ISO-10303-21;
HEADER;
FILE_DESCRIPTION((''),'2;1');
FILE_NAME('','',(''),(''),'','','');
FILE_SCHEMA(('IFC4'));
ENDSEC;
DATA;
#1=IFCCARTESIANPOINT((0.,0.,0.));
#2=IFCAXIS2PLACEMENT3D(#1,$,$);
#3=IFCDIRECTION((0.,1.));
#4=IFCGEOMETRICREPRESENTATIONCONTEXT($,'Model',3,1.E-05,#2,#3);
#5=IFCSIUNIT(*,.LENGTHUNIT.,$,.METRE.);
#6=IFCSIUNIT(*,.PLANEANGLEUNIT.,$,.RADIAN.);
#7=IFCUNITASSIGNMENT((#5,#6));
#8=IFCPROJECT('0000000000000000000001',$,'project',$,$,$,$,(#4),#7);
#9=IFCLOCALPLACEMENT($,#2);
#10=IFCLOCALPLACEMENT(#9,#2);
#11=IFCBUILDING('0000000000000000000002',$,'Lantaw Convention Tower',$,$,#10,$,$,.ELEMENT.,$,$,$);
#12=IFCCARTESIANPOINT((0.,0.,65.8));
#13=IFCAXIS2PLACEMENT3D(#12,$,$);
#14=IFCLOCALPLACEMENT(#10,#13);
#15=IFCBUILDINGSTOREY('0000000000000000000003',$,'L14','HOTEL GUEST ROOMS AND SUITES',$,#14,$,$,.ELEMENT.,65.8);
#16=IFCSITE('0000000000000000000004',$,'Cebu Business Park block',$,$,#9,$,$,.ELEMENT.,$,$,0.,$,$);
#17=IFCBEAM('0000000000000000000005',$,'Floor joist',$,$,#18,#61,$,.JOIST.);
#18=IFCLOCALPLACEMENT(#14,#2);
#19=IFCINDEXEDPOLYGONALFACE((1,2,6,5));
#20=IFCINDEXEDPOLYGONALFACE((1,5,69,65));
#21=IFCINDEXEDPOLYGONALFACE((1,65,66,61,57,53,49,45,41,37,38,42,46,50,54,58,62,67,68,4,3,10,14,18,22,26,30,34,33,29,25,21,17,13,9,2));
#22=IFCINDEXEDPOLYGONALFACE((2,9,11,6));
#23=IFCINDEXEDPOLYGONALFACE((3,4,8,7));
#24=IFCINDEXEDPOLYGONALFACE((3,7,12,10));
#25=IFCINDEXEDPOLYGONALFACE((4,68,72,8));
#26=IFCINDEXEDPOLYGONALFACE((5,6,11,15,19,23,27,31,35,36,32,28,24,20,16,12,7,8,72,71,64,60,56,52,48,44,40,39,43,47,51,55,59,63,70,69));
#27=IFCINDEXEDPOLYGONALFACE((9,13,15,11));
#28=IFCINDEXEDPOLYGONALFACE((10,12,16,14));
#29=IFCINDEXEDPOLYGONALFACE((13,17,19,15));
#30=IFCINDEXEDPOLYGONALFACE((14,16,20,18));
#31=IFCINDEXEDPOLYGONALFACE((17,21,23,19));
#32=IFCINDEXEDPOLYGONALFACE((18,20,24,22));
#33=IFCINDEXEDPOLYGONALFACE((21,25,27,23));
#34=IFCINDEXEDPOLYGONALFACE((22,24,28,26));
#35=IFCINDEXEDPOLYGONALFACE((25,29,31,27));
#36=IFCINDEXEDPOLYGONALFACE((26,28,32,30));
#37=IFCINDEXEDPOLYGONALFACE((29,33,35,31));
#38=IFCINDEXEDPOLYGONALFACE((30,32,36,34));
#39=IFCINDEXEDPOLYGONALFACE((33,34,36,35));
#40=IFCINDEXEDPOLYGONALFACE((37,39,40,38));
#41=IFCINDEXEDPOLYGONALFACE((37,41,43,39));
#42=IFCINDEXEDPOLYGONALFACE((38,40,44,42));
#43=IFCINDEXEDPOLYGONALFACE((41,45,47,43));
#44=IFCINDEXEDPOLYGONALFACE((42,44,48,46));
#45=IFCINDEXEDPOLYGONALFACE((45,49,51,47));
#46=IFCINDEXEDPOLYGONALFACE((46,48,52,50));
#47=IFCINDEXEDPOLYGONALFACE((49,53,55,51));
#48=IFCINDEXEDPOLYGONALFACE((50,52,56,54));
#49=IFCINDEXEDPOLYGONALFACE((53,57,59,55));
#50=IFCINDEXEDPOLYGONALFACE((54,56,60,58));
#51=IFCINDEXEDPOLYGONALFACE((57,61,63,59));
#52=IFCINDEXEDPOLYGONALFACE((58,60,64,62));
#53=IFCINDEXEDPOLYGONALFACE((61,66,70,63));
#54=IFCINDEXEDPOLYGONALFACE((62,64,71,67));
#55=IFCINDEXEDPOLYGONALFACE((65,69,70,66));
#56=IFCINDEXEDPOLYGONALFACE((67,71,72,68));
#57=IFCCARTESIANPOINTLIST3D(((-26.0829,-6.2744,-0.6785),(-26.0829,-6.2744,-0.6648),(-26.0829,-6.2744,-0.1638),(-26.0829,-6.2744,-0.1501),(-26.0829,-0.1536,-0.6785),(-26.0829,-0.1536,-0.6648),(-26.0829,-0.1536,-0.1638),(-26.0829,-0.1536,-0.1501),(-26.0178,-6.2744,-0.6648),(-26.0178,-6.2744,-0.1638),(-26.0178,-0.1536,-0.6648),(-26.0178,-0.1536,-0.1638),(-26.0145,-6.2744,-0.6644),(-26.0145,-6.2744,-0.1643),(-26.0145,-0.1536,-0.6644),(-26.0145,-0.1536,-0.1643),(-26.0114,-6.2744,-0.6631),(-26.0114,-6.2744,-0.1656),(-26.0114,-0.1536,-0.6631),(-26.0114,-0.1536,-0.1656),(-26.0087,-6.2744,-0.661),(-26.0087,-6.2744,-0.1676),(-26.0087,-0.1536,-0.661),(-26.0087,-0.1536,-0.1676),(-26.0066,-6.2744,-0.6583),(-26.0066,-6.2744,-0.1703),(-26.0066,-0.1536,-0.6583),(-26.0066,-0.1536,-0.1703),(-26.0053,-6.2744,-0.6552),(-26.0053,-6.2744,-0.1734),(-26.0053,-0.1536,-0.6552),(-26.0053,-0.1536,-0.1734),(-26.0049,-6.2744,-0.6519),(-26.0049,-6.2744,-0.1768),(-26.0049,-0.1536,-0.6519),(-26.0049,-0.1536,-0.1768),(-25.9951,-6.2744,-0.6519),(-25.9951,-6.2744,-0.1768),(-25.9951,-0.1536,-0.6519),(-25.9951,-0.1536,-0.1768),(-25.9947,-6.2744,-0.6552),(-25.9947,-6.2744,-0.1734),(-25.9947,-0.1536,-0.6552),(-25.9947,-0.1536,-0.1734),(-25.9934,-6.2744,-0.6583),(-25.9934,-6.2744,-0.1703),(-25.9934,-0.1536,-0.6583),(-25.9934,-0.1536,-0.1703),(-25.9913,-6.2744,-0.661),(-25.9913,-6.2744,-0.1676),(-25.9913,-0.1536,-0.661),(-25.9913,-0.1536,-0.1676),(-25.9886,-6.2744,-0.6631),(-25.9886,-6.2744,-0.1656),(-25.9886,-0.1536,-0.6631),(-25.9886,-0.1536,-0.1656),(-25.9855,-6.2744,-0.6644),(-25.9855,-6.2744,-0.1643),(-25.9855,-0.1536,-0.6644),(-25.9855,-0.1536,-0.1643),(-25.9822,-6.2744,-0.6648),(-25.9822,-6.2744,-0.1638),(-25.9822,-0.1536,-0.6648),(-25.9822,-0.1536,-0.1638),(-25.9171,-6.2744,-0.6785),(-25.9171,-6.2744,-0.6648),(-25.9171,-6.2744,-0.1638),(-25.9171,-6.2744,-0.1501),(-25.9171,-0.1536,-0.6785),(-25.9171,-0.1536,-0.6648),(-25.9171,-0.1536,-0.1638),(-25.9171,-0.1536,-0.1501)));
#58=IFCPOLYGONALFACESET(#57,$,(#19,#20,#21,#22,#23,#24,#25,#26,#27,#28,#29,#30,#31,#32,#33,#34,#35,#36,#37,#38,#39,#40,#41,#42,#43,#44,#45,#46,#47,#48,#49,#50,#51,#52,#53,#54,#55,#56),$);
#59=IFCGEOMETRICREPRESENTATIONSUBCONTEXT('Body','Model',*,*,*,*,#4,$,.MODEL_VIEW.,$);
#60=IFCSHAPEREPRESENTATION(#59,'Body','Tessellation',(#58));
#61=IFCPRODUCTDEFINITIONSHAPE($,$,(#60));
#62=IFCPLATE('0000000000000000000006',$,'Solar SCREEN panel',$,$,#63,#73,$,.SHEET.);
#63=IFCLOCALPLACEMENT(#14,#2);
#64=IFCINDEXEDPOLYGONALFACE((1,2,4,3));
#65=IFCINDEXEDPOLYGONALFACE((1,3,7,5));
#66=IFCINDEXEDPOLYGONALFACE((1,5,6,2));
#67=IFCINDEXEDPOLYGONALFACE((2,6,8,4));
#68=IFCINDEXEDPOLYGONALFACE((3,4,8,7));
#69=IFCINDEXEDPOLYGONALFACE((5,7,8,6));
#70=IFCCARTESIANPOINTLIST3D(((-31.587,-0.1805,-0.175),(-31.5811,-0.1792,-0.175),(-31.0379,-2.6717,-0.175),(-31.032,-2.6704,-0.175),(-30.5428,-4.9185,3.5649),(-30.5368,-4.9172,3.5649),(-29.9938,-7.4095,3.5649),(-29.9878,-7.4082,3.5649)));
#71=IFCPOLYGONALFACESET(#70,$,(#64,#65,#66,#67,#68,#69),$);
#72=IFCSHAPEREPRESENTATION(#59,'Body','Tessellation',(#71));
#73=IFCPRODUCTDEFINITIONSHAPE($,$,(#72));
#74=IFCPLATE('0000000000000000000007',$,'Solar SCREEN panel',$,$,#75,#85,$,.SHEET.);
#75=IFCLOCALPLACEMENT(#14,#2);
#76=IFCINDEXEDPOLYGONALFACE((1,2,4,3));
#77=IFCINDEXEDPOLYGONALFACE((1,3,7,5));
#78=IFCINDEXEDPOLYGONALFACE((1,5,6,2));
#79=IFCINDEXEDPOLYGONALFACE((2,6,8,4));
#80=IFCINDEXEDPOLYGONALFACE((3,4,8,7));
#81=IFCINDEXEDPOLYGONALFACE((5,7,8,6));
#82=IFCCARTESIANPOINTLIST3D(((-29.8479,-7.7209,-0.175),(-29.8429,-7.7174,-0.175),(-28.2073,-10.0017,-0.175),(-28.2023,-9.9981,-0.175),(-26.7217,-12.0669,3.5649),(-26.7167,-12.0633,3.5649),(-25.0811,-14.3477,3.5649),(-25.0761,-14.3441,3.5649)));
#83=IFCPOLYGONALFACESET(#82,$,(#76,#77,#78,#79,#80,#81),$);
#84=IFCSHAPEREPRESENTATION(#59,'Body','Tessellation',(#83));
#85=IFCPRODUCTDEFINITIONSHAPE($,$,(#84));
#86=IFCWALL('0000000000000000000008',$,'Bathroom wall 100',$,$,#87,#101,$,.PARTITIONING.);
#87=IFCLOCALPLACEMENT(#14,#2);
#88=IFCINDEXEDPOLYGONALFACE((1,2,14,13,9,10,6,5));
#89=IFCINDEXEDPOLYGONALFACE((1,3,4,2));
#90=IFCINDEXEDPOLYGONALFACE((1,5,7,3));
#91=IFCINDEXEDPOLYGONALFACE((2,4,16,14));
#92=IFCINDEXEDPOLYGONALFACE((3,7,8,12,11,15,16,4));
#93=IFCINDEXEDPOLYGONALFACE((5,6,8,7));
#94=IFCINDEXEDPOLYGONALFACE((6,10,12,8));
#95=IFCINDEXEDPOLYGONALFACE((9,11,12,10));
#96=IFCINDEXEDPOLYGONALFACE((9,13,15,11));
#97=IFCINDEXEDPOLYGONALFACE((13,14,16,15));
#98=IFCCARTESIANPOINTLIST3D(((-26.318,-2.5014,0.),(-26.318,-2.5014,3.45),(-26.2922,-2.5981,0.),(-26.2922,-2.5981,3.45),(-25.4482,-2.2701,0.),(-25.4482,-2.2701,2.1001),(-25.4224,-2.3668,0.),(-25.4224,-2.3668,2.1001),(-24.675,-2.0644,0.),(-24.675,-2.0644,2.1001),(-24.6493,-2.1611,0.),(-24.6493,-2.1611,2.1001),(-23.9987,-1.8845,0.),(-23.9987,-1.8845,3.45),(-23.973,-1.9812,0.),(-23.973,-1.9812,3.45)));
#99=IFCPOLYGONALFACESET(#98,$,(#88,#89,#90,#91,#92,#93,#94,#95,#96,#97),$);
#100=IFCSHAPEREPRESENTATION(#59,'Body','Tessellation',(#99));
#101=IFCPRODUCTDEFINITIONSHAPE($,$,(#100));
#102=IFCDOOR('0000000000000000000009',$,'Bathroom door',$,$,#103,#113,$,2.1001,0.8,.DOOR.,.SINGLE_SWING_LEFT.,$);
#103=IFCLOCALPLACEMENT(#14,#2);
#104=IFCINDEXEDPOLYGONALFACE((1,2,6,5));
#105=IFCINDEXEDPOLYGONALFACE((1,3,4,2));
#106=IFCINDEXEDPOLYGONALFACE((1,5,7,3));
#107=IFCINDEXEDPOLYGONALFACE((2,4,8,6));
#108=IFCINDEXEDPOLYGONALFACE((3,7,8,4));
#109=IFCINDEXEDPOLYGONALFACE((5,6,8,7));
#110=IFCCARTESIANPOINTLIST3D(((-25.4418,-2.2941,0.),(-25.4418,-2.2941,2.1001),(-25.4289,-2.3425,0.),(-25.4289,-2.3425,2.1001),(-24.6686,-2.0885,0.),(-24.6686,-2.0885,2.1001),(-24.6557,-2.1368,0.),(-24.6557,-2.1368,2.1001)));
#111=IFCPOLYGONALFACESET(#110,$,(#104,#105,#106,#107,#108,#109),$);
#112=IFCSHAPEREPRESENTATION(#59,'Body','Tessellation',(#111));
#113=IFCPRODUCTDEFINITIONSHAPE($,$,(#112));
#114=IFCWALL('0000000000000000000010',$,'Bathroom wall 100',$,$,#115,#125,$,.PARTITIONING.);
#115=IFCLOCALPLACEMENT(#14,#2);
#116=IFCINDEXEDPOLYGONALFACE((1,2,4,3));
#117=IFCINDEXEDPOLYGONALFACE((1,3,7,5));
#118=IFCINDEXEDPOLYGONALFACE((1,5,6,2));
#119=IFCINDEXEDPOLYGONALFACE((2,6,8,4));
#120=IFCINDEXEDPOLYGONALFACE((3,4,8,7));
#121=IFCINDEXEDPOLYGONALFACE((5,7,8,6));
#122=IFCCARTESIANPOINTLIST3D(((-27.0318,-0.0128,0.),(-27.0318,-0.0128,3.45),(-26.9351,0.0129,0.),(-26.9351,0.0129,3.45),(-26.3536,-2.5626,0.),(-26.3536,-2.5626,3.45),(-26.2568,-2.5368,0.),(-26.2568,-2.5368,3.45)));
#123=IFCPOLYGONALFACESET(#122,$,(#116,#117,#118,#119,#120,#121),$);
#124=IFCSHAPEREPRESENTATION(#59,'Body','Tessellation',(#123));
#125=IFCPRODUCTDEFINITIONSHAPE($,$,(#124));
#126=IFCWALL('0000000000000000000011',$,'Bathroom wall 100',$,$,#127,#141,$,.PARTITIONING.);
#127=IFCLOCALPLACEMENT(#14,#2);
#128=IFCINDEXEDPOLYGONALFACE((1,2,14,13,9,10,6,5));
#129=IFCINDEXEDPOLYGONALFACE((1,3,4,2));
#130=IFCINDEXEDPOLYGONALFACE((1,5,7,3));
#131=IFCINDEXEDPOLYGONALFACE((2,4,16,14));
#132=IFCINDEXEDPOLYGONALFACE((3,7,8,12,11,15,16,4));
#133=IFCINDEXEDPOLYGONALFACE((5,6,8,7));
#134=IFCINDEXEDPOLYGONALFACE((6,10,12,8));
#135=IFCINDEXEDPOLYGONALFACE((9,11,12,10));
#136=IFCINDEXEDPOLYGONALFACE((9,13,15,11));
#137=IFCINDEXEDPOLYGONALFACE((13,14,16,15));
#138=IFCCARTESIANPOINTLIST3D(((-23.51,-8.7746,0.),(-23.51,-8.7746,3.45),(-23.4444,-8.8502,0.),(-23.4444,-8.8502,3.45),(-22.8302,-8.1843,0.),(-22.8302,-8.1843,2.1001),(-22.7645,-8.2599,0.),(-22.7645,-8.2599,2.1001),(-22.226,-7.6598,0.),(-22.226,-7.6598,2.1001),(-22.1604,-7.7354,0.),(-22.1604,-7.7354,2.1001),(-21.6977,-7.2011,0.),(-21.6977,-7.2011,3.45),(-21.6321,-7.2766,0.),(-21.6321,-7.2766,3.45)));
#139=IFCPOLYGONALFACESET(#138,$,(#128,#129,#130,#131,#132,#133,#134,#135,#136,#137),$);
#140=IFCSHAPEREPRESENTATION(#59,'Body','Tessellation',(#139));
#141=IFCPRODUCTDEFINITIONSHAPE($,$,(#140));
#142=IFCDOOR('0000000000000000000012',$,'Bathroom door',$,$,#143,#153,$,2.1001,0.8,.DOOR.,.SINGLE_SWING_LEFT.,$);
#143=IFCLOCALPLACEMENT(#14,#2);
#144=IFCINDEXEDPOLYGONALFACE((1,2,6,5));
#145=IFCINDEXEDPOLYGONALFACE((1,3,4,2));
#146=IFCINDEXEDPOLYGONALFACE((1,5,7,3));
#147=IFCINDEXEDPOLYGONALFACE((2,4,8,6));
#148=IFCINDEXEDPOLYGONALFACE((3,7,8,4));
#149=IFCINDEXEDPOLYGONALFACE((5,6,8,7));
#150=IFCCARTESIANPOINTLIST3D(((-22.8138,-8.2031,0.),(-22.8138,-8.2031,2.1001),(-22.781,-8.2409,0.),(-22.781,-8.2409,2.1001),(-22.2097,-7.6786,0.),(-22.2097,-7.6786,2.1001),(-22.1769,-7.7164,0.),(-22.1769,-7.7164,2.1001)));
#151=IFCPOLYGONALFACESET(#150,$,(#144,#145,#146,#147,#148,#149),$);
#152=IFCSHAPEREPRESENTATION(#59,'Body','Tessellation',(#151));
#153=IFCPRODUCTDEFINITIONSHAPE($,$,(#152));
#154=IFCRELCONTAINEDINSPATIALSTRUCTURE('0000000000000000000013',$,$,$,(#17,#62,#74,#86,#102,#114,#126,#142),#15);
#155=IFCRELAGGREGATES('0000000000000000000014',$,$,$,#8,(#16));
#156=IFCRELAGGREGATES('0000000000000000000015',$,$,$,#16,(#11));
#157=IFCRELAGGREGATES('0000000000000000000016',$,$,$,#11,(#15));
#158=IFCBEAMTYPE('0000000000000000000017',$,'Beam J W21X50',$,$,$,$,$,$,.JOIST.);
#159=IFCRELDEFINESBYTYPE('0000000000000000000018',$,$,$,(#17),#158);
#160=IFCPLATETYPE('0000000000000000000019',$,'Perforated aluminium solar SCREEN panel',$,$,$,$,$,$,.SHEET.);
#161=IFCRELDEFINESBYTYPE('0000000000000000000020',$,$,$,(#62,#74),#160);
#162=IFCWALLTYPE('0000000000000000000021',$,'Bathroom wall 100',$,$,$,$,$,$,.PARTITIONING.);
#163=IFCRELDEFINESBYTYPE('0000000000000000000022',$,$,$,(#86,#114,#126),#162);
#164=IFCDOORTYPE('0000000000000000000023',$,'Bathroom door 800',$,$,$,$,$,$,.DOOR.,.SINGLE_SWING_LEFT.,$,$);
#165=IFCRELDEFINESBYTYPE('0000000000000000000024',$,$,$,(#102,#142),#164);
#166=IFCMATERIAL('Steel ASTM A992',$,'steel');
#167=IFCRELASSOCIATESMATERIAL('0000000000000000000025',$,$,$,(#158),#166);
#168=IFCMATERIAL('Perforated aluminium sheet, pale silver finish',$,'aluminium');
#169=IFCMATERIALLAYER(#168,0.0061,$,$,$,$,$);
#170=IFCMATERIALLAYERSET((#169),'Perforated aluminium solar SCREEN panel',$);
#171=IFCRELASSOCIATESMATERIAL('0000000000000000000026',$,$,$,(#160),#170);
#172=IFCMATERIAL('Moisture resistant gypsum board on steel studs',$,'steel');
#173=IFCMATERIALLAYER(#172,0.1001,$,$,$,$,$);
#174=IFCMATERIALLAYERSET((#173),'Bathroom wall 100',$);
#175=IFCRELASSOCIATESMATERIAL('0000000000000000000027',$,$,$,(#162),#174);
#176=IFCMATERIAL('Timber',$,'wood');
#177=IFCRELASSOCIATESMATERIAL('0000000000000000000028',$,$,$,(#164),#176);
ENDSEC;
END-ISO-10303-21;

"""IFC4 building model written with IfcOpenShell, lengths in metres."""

from ifc_helpers import new_model, si_unit, direction, frame, frame_2d, origin, origin_2d, place, context, subcontext, project, spatial, polyline, rectangle, i_section, outline, extrude, material, layer, layer_set, material_profile, profile_set, type_object, element, fill, save


model = new_model("IFC4")

# Units and contexts
model_context = context("Model", 3, precision=1e-05, world=origin(), true_north=direction((0.0, 1.0)))
body_context = subcontext(model_context, "Body", "Model", "MODEL_VIEW")
ifc_project = project(units=[si_unit("LENGTHUNIT", "METRE"), si_unit("PLANEANGLEUNIT", "RADIAN")], contexts=[model_context])

# Site, building, storey
site_placement = place(None, origin())
site = spatial("IfcSite", under=ifc_project, at=site_placement, Name="Cebu Business Park block", CompositionType="ELEMENT", RefElevation=0.0)
building_placement = place(site_placement, origin())
building = spatial("IfcBuilding", under=site, at=building_placement, Name="Lantaw Convention Tower", CompositionType="ELEMENT")
storey_placement = place(building_placement, frame((0.0, 0.0, 65.8)))
storey = spatial("IfcBuildingStorey", under=building, at=storey_placement, Name="L14", Description="HOTEL GUEST ROOMS AND SUITES", CompositionType="ELEMENT", Elevation=65.8)

# Beam
ifc_material_1 = material(Name="Steel ASTM A992", Category="steel")
ifc_material_profile_1 = material_profile(ifc_material_1, i_section(OverallWidth=0.1658, OverallDepth=0.5283, WebThickness=0.0098, FlangeThickness=0.0137, FilletRadius=0.0129, at=origin_2d()), Name="W21X50")
ifc_profile_set_1 = profile_set([ifc_material_profile_1], Name="Steel ASTM A992")
beam_type_1 = type_object("IfcBeamType", Name="Beam J W21X50", PredefinedType="JOIST", material=ifc_profile_set_1)
beam_1_placement = place(storey_placement, frame((-26.0, -6.2744, -0.4143), z_axis=(0.0, 1.0, 0.0), x_axis=(-1.0, 0.0, 0.0)))
element("IfcBeam", 1, at=beam_1_placement, inside=storey, type_object=beam_type_1, Name="Floor joist", PredefinedType="JOIST", context=body_context, shape_type="SweptSolid", body=[
    extrude(i_section(OverallWidth=0.1658, OverallDepth=0.5283, WebThickness=0.0098, FlangeThickness=0.0137, FilletRadius=0.0129, at=origin_2d()), origin(), (0.0, 0.0, 1.0), 6.1208),
])

# Plates
ifc_material_2 = material(Name="Perforated aluminium sheet, pale silver finish", Category="aluminium")
ifc_layer_1 = layer(ifc_material_2, 0.0061)
ifc_layer_set_1 = layer_set([ifc_layer_1], Name="Perforated aluminium solar SCREEN panel")
plate_type = type_object("IfcPlateType", Name="Perforated aluminium solar SCREEN panel", PredefinedType="SHEET", material=ifc_layer_set_1)
plate_1_placement = place(storey_placement, frame((-31.5811, -0.1792, -0.175), z_axis=(0.976559, 0.215248, 0.00003), x_axis=(0.215248, -0.976559, 0.0)))
element("IfcPlate", 2, at=plate_1_placement, inside=storey, type_object=plate_type, Name="Solar SCREEN panel", PredefinedType="SHEET", context=body_context, shape_type="SweptSolid", body=[
    extrude(outline(polyline([(0.0, 0.0), (2.551, 0.0), (7.4025, -3.74), (4.8517, -3.74), (0.0, 0.0)])), origin(), (0.0, 0.0, -1.0), 0.0061),
])
plate_2_placement = place(storey_placement, frame((-29.8479, -7.7209, -0.175), z_axis=(-0.811791, -0.583948, 0.000009), x_axis=(0.583948, -0.811791, 0.0)))
element("IfcPlate", 3, at=plate_2_placement, inside=storey, type_object=plate_type, Name="Solar SCREEN panel", PredefinedType="SHEET", context=body_context, shape_type="SweptSolid", body=[
    extrude(outline(polyline([(0.0, 0.0), (2.8095, 0.0), (8.1631, 3.74), (5.3536, 3.74), (0.0, 0.0)])), origin(), (0.0, 0.0, -1.0), 0.0061),
])

# Wall, opening, door
ifc_material_3 = material(Name="Moisture resistant gypsum board on steel studs", Category="steel")
ifc_layer_2 = layer(ifc_material_3, 0.1001)
ifc_layer_set_2 = layer_set([ifc_layer_2], Name="Bathroom wall 100")
wall_type_1 = type_object("IfcWallType", Name="Bathroom wall 100", PredefinedType="PARTITIONING", material=ifc_layer_set_2)
wall_1_placement = place(storey_placement, frame((-23.9858, -1.9329, 0.0), z_axis=(0.0, 0.0, 1.0), x_axis=(-0.966395, -0.257061, 0.0)))
wall_1 = element("IfcWall", 4, at=wall_1_placement, inside=storey, type_object=wall_type_1, Name="Bathroom wall 100", PredefinedType="PARTITIONING", context=body_context, shape_type="SweptSolid", body=[
    extrude(rectangle(XDim=2.3999, YDim=0.1001, at=frame_2d((1.2, 0.0))), origin(), (0.0, 0.0, 1.0), 3.45),
])
opening_1_placement = place(wall_1_placement, frame((0.7, 0.0, 0.0)))
opening_1 = element("IfcOpeningElement", 5, at=opening_1_placement, cuts=wall_1, PredefinedType="OPENING", context=body_context, shape_type="SweptSolid", body=[
    extrude(rectangle(XDim=0.8, YDim=2.1001, at=frame_2d((0.3999, 1.05))), frame((0.0, 0.0601, 0.0), z_axis=(0.0, -1.0, 0.0), x_axis=(1.0, 0.0, 0.0)), (0.0, 0.0, 1.0), 0.1201),
])
ifc_material_4 = material(Name="Timber", Category="wood")
door_type_1 = type_object("IfcDoorType", Name="Bathroom door 800", OperationType="SINGLE_SWING_LEFT", PredefinedType="DOOR", material=ifc_material_4)
door_1_placement = place(opening_1_placement, origin())
door_1 = element("IfcDoor", 6, at=door_1_placement, inside=storey, type_object=door_type_1, Name="Bathroom door", OperationType="SINGLE_SWING_LEFT", OverallHeight=2.1001, OverallWidth=0.8, PredefinedType="DOOR", context=body_context, shape_type="SweptSolid", body=[
    extrude(rectangle(XDim=0.8, YDim=2.1001, at=frame_2d((0.3999, 1.05))), frame((0.0, 0.0249, 0.0), z_axis=(0.0, -1.0, 0.0), x_axis=(1.0, 0.0, 0.0)), (0.0, 0.0, 1.0), 0.05),
])
fill(opening_1, door_1)

# Wall
wall_2_placement = place(storey_placement, frame((-26.3052, -2.5498, 0.0), z_axis=(0.0, 0.0, 1.0), x_axis=(-0.257052, 0.966398, 0.0)))
element("IfcWall", 7, at=wall_2_placement, inside=storey, type_object=wall_type_1, Name="Bathroom wall 100", PredefinedType="PARTITIONING", context=body_context, shape_type="SweptSolid", body=[
    extrude(rectangle(XDim=2.6384, YDim=0.1001, at=frame_2d((1.3193, 0.0))), origin(), (0.0, 0.0, 1.0), 3.45),
])

# Wall, opening, door
wall_3_placement = place(storey_placement, frame((-21.6648, -7.2388, 0.0), z_axis=(0.0, 0.0, 1.0), x_axis=(-0.755098, -0.655612, 0.0)))
wall_3 = element("IfcWall", 8, at=wall_3_placement, inside=storey, type_object=wall_type_1, Name="Bathroom wall 100", PredefinedType="PARTITIONING", context=body_context, shape_type="SweptSolid", body=[
    extrude(rectangle(XDim=2.4001, YDim=0.1001, at=frame_2d((1.2002, 0.0))), origin(), (0.0, 0.0, 1.0), 3.45),
])
opening_2_placement = place(wall_3_placement, frame((0.7, 0.0, 0.0)))
opening_2 = element("IfcOpeningElement", 9, at=opening_2_placement, cuts=wall_3, PredefinedType="OPENING", context=body_context, shape_type="SweptSolid", body=[
    extrude(rectangle(XDim=0.8, YDim=2.1001, at=frame_2d((0.3999, 1.05))), frame((0.0, 0.0601, 0.0), z_axis=(0.0, -1.0, 0.0), x_axis=(1.0, 0.0, 0.0)), (0.0, 0.0, 1.0), 0.1201),
])
door_2_placement = place(opening_2_placement, origin())
door_2 = element("IfcDoor", 10, at=door_2_placement, inside=storey, type_object=door_type_1, Name="Bathroom door", OperationType="SINGLE_SWING_LEFT", OverallHeight=2.1001, OverallWidth=0.8, PredefinedType="DOOR", context=body_context, shape_type="SweptSolid", body=[
    extrude(rectangle(XDim=0.8, YDim=2.1001, at=frame_2d((0.3999, 1.05))), frame((0.0, 0.0249, 0.0), z_axis=(0.0, -1.0, 0.0), x_axis=(1.0, 0.0, 0.0)), (0.0, 0.0, 1.0), 0.05),
])
fill(opening_2, door_2)

save(model, "model.ifc")
